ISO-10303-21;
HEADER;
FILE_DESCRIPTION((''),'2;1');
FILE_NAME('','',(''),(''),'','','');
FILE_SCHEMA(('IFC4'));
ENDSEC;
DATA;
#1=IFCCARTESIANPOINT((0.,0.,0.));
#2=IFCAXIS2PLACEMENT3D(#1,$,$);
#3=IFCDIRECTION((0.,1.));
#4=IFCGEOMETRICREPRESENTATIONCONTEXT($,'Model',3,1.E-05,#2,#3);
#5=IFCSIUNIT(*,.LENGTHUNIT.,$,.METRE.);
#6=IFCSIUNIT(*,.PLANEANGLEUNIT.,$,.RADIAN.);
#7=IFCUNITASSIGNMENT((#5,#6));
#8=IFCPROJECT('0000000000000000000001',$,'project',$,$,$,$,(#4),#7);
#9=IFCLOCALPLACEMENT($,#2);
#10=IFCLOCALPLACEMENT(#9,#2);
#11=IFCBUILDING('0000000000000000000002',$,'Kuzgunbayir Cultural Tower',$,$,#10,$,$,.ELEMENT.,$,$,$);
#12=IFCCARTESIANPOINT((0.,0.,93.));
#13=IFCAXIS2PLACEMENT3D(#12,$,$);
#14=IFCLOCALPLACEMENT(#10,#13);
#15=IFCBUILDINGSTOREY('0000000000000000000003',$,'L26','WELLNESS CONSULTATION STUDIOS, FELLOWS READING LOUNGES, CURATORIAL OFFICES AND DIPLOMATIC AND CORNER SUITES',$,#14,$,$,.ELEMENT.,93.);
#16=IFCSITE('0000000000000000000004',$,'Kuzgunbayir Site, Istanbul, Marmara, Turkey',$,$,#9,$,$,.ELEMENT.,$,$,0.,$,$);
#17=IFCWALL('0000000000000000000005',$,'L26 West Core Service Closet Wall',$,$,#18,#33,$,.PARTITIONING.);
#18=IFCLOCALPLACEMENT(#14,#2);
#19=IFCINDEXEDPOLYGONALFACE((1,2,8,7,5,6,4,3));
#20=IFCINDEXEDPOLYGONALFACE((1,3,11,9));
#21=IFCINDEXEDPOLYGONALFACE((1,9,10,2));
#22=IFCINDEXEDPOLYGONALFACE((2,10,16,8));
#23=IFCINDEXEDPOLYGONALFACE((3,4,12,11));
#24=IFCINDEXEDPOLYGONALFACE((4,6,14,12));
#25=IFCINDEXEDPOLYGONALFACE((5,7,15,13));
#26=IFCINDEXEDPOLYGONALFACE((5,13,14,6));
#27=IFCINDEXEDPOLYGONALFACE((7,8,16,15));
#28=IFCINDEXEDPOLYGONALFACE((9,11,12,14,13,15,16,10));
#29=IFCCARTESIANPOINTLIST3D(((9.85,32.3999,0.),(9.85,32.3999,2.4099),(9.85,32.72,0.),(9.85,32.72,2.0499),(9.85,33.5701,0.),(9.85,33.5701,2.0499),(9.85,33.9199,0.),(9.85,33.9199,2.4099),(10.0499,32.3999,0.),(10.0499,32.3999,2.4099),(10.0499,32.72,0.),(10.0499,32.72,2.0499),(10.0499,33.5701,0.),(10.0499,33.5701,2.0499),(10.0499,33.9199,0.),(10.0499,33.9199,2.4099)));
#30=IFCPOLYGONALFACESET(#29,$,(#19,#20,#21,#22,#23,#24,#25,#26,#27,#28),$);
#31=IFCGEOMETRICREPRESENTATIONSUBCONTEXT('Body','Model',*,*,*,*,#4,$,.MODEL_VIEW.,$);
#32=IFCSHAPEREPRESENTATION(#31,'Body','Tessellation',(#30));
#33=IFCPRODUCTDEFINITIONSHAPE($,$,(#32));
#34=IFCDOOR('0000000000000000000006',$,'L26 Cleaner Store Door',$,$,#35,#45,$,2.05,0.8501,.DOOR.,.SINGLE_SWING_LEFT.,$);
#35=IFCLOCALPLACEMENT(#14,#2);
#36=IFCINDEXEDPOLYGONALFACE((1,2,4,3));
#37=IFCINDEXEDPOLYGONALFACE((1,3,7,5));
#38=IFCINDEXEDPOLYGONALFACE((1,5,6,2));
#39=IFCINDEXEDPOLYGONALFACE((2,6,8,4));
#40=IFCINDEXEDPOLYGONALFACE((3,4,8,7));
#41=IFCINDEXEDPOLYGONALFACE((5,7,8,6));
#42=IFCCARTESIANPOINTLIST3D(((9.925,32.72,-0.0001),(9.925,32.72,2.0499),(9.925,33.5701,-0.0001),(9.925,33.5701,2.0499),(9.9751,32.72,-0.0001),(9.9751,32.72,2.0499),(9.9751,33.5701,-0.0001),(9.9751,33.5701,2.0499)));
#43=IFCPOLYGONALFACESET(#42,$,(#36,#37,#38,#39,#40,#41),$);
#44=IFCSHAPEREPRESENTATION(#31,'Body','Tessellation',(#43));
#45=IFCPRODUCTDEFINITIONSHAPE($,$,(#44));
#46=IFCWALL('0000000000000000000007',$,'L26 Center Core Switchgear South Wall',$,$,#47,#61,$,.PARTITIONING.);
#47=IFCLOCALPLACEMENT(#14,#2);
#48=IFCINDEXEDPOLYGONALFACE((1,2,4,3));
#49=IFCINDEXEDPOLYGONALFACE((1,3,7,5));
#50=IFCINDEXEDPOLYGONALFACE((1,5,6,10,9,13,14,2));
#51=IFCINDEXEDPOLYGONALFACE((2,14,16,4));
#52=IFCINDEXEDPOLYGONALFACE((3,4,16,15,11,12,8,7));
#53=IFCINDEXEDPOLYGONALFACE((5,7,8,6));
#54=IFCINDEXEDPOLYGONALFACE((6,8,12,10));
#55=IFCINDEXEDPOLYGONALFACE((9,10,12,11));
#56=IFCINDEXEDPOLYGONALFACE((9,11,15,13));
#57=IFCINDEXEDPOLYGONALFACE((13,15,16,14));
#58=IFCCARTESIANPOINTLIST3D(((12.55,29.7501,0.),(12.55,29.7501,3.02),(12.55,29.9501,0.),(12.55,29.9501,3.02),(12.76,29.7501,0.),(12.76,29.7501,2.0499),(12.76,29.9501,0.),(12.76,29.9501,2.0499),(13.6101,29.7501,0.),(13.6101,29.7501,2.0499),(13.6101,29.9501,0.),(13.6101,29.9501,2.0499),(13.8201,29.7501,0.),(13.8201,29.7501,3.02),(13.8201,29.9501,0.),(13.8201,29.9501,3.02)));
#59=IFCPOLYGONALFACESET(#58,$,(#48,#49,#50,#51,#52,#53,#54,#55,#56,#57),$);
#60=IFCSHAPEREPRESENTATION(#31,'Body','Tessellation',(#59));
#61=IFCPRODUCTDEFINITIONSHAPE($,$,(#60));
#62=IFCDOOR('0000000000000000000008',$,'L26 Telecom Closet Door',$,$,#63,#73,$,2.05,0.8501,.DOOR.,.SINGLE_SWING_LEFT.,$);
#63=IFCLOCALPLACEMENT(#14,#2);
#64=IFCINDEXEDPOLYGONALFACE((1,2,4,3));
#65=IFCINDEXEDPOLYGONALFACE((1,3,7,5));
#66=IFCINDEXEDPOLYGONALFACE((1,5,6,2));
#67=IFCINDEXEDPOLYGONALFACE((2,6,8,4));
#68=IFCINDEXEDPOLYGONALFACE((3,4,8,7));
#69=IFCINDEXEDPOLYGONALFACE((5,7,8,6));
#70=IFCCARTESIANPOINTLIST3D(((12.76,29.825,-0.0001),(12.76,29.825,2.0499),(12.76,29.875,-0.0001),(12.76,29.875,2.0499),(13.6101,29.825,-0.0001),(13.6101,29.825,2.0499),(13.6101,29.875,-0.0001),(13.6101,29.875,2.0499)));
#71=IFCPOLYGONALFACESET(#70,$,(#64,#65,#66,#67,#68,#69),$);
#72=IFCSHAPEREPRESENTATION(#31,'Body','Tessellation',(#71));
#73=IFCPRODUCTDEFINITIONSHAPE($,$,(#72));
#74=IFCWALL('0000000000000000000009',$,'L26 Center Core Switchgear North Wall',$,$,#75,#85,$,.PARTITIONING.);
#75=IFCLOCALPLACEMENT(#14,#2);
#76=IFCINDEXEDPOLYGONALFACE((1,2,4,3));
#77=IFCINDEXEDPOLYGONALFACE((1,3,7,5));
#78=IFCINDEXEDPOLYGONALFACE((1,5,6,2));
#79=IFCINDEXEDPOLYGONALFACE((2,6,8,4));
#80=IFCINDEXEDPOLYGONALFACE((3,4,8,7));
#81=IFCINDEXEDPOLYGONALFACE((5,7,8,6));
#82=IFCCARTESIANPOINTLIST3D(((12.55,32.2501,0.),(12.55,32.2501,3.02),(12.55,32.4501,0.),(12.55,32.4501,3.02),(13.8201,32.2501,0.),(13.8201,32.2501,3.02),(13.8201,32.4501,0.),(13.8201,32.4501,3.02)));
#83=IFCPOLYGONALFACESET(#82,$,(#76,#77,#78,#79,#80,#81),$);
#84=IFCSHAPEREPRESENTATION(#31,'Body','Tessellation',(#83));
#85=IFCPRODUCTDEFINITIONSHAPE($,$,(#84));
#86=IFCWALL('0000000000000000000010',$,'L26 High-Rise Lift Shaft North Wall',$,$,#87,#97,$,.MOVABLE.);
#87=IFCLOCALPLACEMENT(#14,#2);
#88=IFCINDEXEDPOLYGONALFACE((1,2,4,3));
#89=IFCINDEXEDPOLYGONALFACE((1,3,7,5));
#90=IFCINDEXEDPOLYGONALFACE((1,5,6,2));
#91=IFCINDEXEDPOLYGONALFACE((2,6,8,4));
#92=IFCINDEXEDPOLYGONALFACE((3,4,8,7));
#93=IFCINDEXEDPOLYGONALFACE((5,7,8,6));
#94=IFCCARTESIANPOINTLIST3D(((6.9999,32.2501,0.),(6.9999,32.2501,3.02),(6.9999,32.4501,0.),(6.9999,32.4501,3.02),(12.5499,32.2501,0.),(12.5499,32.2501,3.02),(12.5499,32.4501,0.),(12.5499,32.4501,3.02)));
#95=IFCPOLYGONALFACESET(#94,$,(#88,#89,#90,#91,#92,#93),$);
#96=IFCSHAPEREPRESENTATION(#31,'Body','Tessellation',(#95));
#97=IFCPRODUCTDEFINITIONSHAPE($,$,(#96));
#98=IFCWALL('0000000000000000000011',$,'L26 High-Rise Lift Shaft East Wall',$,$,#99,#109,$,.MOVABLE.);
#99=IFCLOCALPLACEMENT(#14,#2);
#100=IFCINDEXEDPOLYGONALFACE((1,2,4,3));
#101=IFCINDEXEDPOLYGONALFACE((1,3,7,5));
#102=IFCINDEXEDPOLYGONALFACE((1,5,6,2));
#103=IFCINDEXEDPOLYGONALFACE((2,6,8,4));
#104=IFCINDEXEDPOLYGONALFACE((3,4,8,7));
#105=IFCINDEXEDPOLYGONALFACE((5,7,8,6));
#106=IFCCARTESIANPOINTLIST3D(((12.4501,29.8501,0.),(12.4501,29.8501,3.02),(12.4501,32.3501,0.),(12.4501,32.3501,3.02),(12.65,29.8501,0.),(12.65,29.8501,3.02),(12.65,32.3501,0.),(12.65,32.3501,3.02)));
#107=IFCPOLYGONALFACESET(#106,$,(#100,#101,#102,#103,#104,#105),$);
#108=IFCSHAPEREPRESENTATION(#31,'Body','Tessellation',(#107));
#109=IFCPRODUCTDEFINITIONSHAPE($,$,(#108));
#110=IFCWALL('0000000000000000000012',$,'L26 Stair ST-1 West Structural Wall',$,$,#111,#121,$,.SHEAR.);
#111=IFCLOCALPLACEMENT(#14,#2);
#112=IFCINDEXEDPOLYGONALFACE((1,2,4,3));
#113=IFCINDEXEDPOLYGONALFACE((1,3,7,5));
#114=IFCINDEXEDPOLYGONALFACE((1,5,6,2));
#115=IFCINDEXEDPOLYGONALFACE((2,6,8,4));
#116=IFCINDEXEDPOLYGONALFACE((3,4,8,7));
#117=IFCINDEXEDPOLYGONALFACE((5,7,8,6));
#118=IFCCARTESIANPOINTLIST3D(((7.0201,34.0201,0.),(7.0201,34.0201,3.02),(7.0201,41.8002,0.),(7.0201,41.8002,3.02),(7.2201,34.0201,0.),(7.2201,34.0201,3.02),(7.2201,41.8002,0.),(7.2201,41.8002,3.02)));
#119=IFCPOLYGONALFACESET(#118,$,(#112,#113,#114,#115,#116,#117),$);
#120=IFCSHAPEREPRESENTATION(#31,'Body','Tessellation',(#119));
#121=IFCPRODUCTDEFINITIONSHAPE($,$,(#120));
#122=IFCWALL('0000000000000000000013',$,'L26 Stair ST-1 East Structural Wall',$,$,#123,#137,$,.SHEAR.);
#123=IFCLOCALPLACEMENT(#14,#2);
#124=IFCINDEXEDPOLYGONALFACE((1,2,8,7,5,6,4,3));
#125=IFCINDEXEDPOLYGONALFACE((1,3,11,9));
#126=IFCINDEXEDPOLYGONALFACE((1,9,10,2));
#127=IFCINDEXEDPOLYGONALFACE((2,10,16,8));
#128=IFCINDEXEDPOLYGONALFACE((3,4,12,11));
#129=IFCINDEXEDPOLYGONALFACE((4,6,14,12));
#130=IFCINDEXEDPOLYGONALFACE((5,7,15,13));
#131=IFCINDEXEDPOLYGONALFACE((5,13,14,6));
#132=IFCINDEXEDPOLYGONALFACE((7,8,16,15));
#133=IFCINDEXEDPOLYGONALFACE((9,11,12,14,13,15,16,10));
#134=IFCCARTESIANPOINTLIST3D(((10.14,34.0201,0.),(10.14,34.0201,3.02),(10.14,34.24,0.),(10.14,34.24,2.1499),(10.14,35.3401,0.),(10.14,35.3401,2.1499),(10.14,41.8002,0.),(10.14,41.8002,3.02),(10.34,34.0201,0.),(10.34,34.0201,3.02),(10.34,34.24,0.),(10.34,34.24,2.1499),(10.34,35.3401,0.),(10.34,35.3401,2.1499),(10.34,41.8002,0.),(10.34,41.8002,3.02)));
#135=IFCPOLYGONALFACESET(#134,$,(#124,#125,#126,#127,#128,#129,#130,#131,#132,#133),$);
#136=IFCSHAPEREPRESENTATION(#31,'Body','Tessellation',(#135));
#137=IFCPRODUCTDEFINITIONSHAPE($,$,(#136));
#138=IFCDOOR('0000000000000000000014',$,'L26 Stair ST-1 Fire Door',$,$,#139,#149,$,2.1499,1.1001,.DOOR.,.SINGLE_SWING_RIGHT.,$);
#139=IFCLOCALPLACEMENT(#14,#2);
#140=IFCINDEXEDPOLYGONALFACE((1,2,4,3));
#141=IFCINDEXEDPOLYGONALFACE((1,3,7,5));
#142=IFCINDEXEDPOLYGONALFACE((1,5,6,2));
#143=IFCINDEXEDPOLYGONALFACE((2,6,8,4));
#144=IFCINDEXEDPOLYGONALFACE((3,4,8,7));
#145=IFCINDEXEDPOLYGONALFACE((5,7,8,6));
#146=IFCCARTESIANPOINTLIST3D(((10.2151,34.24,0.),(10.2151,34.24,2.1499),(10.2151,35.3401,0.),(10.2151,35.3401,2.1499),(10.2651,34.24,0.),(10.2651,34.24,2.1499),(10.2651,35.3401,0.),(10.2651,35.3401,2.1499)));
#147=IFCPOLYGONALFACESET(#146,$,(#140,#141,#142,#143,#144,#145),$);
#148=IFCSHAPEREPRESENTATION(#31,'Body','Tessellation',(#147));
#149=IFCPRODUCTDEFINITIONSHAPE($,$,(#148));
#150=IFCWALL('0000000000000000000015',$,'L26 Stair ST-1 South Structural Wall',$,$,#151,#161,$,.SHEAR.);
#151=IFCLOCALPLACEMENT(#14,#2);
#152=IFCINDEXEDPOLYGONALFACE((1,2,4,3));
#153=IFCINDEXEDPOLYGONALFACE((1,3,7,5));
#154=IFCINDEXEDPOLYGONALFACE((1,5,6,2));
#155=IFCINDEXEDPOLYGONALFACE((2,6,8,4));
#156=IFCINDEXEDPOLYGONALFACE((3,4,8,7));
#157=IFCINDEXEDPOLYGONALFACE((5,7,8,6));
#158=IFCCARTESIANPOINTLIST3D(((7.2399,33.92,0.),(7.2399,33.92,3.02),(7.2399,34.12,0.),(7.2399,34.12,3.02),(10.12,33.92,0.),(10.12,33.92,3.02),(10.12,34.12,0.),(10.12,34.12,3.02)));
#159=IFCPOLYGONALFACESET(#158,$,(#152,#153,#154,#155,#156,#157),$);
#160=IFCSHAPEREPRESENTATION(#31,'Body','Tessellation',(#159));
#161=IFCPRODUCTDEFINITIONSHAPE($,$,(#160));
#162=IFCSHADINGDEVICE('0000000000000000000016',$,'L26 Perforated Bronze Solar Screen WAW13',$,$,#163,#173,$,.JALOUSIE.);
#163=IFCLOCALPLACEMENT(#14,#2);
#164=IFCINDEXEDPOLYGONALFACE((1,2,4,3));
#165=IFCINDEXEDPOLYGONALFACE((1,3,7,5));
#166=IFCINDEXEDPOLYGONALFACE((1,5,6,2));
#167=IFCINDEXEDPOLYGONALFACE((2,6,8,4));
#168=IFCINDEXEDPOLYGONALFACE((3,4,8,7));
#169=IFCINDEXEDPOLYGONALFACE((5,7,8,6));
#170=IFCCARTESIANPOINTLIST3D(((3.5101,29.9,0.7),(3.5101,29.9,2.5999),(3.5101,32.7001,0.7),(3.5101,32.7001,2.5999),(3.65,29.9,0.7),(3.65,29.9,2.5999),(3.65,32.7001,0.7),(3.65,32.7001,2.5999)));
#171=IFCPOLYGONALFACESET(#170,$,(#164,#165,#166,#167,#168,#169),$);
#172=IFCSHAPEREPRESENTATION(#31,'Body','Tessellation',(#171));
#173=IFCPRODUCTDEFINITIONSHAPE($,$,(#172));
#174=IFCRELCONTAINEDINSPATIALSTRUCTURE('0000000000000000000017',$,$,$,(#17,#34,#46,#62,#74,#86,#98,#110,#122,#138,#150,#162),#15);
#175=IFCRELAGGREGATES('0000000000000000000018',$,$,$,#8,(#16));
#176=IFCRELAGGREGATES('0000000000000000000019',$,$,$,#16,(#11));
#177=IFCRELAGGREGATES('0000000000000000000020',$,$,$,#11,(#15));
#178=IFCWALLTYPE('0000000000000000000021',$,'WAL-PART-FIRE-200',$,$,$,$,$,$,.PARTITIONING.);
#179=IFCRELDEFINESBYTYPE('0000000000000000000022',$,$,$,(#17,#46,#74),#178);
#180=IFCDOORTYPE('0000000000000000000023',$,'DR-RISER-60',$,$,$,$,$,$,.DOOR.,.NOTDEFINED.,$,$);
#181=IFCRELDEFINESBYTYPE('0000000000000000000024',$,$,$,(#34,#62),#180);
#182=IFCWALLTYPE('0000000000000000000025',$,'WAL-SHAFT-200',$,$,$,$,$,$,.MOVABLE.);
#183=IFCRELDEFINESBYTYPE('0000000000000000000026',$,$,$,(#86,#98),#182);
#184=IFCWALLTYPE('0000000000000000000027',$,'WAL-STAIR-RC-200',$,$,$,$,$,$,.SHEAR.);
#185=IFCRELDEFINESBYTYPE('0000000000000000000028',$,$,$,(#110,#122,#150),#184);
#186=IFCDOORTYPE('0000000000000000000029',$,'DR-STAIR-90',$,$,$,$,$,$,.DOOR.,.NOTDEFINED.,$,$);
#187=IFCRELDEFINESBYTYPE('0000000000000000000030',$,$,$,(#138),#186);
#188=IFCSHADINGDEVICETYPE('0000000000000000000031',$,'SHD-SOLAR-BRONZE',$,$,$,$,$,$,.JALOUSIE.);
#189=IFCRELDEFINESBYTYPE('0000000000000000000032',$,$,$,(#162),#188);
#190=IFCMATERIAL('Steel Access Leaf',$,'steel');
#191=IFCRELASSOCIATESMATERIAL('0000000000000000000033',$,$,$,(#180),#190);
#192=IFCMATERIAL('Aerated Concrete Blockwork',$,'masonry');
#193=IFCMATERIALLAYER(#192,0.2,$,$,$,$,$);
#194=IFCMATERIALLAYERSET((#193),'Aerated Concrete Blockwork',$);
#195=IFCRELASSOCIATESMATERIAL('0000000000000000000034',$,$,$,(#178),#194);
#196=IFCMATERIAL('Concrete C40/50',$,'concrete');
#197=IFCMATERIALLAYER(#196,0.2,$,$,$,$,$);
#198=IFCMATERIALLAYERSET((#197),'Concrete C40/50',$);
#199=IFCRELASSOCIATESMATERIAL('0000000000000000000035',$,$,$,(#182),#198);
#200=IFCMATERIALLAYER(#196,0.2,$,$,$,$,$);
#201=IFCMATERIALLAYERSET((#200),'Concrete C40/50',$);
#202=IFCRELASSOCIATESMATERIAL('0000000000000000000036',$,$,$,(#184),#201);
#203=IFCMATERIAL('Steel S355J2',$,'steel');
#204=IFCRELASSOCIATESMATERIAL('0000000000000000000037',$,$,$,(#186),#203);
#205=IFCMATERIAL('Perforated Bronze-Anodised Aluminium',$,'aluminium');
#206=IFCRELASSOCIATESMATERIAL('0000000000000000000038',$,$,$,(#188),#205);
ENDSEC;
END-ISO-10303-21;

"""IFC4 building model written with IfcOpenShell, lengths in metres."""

from ifc_helpers import new_model, si_unit, direction, frame, frame_2d, origin, origin_2d, place, context, subcontext, project, spatial, rectangle, extrude, material, layer, layer_set, type_object, element, fill, save


model = new_model("IFC4")

# Units and contexts
model_context = context("Model", 3, precision=1e-05, world=origin(), true_north=direction((0.0, 1.0)))
body_context = subcontext(model_context, "Body", "Model", "MODEL_VIEW")
ifc_project = project(units=[si_unit("LENGTHUNIT", "METRE"), si_unit("PLANEANGLEUNIT", "RADIAN")], contexts=[model_context])

# Site, building, storey
site_placement = place(None, origin())
site = spatial("IfcSite", under=ifc_project, at=site_placement, Name="Kuzgunbayir Site, Istanbul, Marmara, Turkey", CompositionType="ELEMENT", RefElevation=0.0)
building_placement = place(site_placement, origin())
building = spatial("IfcBuilding", under=site, at=building_placement, Name="Kuzgunbayir Cultural Tower", CompositionType="ELEMENT")
storey_placement = place(building_placement, frame((0.0, 0.0, 93.0)))
storey = spatial("IfcBuildingStorey", under=building, at=storey_placement, Name="L26", Description="WELLNESS CONSULTATION STUDIOS, FELLOWS READING LOUNGES, CURATORIAL OFFICES AND DIPLOMATIC AND CORNER SUITES", CompositionType="ELEMENT", Elevation=93.0)

# Shared definitions
ifc_material_1 = material(Name="Steel S355J2", Category="steel")

# Shared definitions
ifc_material_2 = material(Name="Steel Access Leaf", Category="steel")
door_type_1 = type_object("IfcDoorType", Name="DR-RISER-60", OperationType="NOTDEFINED", PredefinedType="DOOR", material=ifc_material_2)

# Shared definitions
ifc_material_3 = material(Name="Aerated Concrete Blockwork", Category="masonry")
ifc_layer_1 = layer(ifc_material_3, 0.2)
ifc_layer_set_1 = layer_set([ifc_layer_1], Name="Aerated Concrete Blockwork")
wall_type_1 = type_object("IfcWallType", Name="WAL-PART-FIRE-200", PredefinedType="PARTITIONING", material=ifc_layer_set_1)

# Walls, openings, doors
wall_1_placement = place(storey_placement, frame((9.95, 32.3999, 0.0), z_axis=(0.0, 0.0, 1.0), x_axis=(0.0, 1.0, 0.0)))
wall_1 = element("IfcWall", 1, at=wall_1_placement, inside=storey, type_object=wall_type_1, Name="L26 West Core Service Closet Wall", PredefinedType="PARTITIONING", context=body_context, shape_type="SweptSolid", body=[
    extrude(rectangle(XDim=1.52, YDim=0.2, at=frame_2d((0.76, 0.0))), origin(), (0.0, 0.0, 1.0), 2.4099),
])
opening_1_placement = place(wall_1_placement, frame((0.3201, 0.0, 0.0)))
opening_1 = element("IfcOpeningElement", 2, at=opening_1_placement, cuts=wall_1, PredefinedType="OPENING", context=body_context, shape_type="SweptSolid", body=[
    extrude(rectangle(XDim=0.8501, YDim=2.05, at=frame_2d((0.425, 1.0249))), frame((0.0, 0.1099, 0.0), z_axis=(0.0, -1.0, 0.0), x_axis=(1.0, 0.0, 0.0)), (0.0, 0.0, 1.0), 0.22),
])
door_1_placement = place(opening_1_placement, origin())
door_1 = element("IfcDoor", 3, at=door_1_placement, inside=storey, type_object=door_type_1, Name="L26 Cleaner Store Door", OperationType="SINGLE_SWING_LEFT", OverallHeight=2.05, OverallWidth=0.8501, PredefinedType="DOOR", context=body_context, shape_type="SweptSolid", body=[
    extrude(rectangle(XDim=0.8501, YDim=2.05, at=frame_2d((0.425, 1.0249))), frame((0.0, 0.0249, 0.0), z_axis=(0.0, -1.0, 0.0), x_axis=(1.0, 0.0, 0.0)), (0.0, 0.0, 1.0), 0.05),
])
fill(opening_1, door_1)
wall_2_placement = place(storey_placement, frame((12.55, 29.8501, 0.0), z_axis=(0.0, 0.0, 1.0), x_axis=(1.0, 0.0, 0.0)))
wall_2 = element("IfcWall", 4, at=wall_2_placement, inside=storey, type_object=wall_type_1, Name="L26 Center Core Switchgear South Wall", PredefinedType="PARTITIONING", context=body_context, shape_type="SweptSolid", body=[
    extrude(rectangle(XDim=1.27, YDim=0.2, at=frame_2d((0.635, 0.0))), origin(), (0.0, 0.0, 1.0), 3.02),
])
opening_2_placement = place(wall_2_placement, frame((0.21, 0.0, 0.0)))
opening_2 = element("IfcOpeningElement", 5, at=opening_2_placement, cuts=wall_2, PredefinedType="OPENING", context=body_context, shape_type="SweptSolid", body=[
    extrude(rectangle(XDim=0.8501, YDim=2.05, at=frame_2d((0.425, 1.0249))), frame((0.0, 0.1099, 0.0), z_axis=(0.0, -1.0, 0.0), x_axis=(1.0, 0.0, 0.0)), (0.0, 0.0, 1.0), 0.22),
])
door_2_placement = place(opening_2_placement, origin())
door_2 = element("IfcDoor", 6, at=door_2_placement, inside=storey, type_object=door_type_1, Name="L26 Telecom Closet Door", OperationType="SINGLE_SWING_LEFT", OverallHeight=2.05, OverallWidth=0.8501, PredefinedType="DOOR", context=body_context, shape_type="SweptSolid", body=[
    extrude(rectangle(XDim=0.8501, YDim=2.05, at=frame_2d((0.425, 1.0249))), frame((0.0, 0.0249, 0.0), z_axis=(0.0, -1.0, 0.0), x_axis=(1.0, 0.0, 0.0)), (0.0, 0.0, 1.0), 0.05),
])
fill(opening_2, door_2)

# Walls
wall_3_placement = place(storey_placement, frame((12.55, 32.3501, 0.0), z_axis=(0.0, 0.0, 1.0), x_axis=(1.0, 0.0, 0.0)))
element("IfcWall", 7, at=wall_3_placement, inside=storey, type_object=wall_type_1, Name="L26 Center Core Switchgear North Wall", PredefinedType="PARTITIONING", context=body_context, shape_type="SweptSolid", body=[
    extrude(rectangle(XDim=1.27, YDim=0.2, at=frame_2d((0.635, 0.0))), origin(), (0.0, 0.0, 1.0), 3.02),
])
ifc_material_4 = material(Name="Concrete C40/50", Category="concrete")
ifc_layer_2 = layer(ifc_material_4, 0.2)
ifc_layer_set_2 = layer_set([ifc_layer_2], Name="Concrete C40/50")
wall_type_2 = type_object("IfcWallType", Name="WAL-SHAFT-200", PredefinedType="MOVABLE", material=ifc_layer_set_2)
wall_4_placement = place(storey_placement, frame((7.0, 32.3501, 0.0), z_axis=(0.0, 0.0, 1.0), x_axis=(1.0, 0.0, 0.0)))
element("IfcWall", 8, at=wall_4_placement, inside=storey, type_object=wall_type_2, Name="L26 High-Rise Lift Shaft North Wall", PredefinedType="MOVABLE", context=body_context, shape_type="SweptSolid", body=[
    extrude(rectangle(XDim=5.55, YDim=0.2, at=frame_2d((2.7749, 0.0))), origin(), (0.0, 0.0, 1.0), 3.02),
])
wall_5_placement = place(storey_placement, frame((12.55, 29.8501, 0.0), z_axis=(0.0, 0.0, 1.0), x_axis=(0.0, 1.0, 0.0)))
element("IfcWall", 9, at=wall_5_placement, inside=storey, type_object=wall_type_2, Name="L26 High-Rise Lift Shaft East Wall", PredefinedType="MOVABLE", context=body_context, shape_type="SweptSolid", body=[
    extrude(rectangle(XDim=2.5, YDim=0.2, at=frame_2d((1.25, 0.0))), origin(), (0.0, 0.0, 1.0), 3.02),
])
ifc_layer_3 = layer(ifc_material_4, 0.2)
ifc_layer_set_3 = layer_set([ifc_layer_3], Name="Concrete C40/50")
wall_type_3 = type_object("IfcWallType", Name="WAL-STAIR-RC-200", PredefinedType="SHEAR", material=ifc_layer_set_3)
wall_6_placement = place(storey_placement, frame((7.1201, 34.02, 0.0), z_axis=(0.0, 0.0, 1.0), x_axis=(0.0, 1.0, 0.0)))
element("IfcWall", 10, at=wall_6_placement, inside=storey, type_object=wall_type_3, Name="L26 Stair ST-1 West Structural Wall", PredefinedType="SHEAR", context=body_context, shape_type="SweptSolid", body=[
    extrude(rectangle(XDim=7.78, YDim=0.2, at=frame_2d((3.8901, 0.0))), origin(), (0.0, 0.0, 1.0), 3.02),
])

# Wall, opening, door
wall_7_placement = place(storey_placement, frame((10.24, 34.02, 0.0), z_axis=(0.0, 0.0, 1.0), x_axis=(0.0, 1.0, 0.0)))
wall_7 = element("IfcWall", 11, at=wall_7_placement, inside=storey, type_object=wall_type_3, Name="L26 Stair ST-1 East Structural Wall", PredefinedType="SHEAR", context=body_context, shape_type="SweptSolid", body=[
    extrude(rectangle(XDim=7.78, YDim=0.2, at=frame_2d((3.8901, 0.0))), origin(), (0.0, 0.0, 1.0), 3.02),
])
opening_3_placement = place(wall_7_placement, frame((0.22, 0.0, 0.0)))
opening_3 = element("IfcOpeningElement", 12, at=opening_3_placement, cuts=wall_7, PredefinedType="OPENING", context=body_context, shape_type="SweptSolid", body=[
    extrude(rectangle(XDim=1.1001, YDim=2.1499, at=frame_2d((0.55, 1.075))), frame((0.0, 0.1099, 0.0), z_axis=(0.0, -1.0, 0.0), x_axis=(1.0, 0.0, 0.0)), (0.0, 0.0, 1.0), 0.22),
])
door_type_2 = type_object("IfcDoorType", Name="DR-STAIR-90", OperationType="NOTDEFINED", PredefinedType="DOOR", material=ifc_material_1)
door_3_placement = place(opening_3_placement, origin())
door_3 = element("IfcDoor", 13, at=door_3_placement, inside=storey, type_object=door_type_2, Name="L26 Stair ST-1 Fire Door", OperationType="SINGLE_SWING_RIGHT", OverallHeight=2.1499, OverallWidth=1.1001, PredefinedType="DOOR", context=body_context, shape_type="SweptSolid", body=[
    extrude(rectangle(XDim=1.1001, YDim=2.1499, at=frame_2d((0.55, 1.075))), frame((0.0, 0.0249, 0.0), z_axis=(0.0, -1.0, 0.0), x_axis=(1.0, 0.0, 0.0)), (0.0, 0.0, 1.0), 0.05),
])
fill(opening_3, door_3)

# Wall
wall_8_placement = place(storey_placement, frame((7.24, 34.02, 0.0), z_axis=(0.0, 0.0, 1.0), x_axis=(1.0, 0.0, 0.0)))
element("IfcWall", 14, at=wall_8_placement, inside=storey, type_object=wall_type_3, Name="L26 Stair ST-1 South Structural Wall", PredefinedType="SHEAR", context=body_context, shape_type="SweptSolid", body=[
    extrude(rectangle(XDim=2.8801, YDim=0.2, at=frame_2d((1.4399, 0.0))), origin(), (0.0, 0.0, 1.0), 3.02),
])

# Shading device
ifc_material_5 = material(Name="Perforated Bronze-Anodised Aluminium", Category="aluminium")
shading_device_type = type_object("IfcShadingDeviceType", Name="SHD-SOLAR-BRONZE", PredefinedType="JALOUSIE", material=ifc_material_5)
shading_device_placement = place(storey_placement, frame((3.5801, 31.3, 0.7), z_axis=(0.0, 0.0, 1.0), x_axis=(1.0, 0.0, 0.0)))
element("IfcShadingDevice", 15, at=shading_device_placement, inside=storey, type_object=shading_device_type, Name="L26 Perforated Bronze Solar Screen WAW13", PredefinedType="JALOUSIE", context=body_context, shape_type="SweptSolid", body=[
    extrude(rectangle(XDim=0.1399, YDim=2.8, at=origin_2d()), origin(), (0.0, 0.0, 1.0), 1.8999),
])

save(model, "model.ifc")
